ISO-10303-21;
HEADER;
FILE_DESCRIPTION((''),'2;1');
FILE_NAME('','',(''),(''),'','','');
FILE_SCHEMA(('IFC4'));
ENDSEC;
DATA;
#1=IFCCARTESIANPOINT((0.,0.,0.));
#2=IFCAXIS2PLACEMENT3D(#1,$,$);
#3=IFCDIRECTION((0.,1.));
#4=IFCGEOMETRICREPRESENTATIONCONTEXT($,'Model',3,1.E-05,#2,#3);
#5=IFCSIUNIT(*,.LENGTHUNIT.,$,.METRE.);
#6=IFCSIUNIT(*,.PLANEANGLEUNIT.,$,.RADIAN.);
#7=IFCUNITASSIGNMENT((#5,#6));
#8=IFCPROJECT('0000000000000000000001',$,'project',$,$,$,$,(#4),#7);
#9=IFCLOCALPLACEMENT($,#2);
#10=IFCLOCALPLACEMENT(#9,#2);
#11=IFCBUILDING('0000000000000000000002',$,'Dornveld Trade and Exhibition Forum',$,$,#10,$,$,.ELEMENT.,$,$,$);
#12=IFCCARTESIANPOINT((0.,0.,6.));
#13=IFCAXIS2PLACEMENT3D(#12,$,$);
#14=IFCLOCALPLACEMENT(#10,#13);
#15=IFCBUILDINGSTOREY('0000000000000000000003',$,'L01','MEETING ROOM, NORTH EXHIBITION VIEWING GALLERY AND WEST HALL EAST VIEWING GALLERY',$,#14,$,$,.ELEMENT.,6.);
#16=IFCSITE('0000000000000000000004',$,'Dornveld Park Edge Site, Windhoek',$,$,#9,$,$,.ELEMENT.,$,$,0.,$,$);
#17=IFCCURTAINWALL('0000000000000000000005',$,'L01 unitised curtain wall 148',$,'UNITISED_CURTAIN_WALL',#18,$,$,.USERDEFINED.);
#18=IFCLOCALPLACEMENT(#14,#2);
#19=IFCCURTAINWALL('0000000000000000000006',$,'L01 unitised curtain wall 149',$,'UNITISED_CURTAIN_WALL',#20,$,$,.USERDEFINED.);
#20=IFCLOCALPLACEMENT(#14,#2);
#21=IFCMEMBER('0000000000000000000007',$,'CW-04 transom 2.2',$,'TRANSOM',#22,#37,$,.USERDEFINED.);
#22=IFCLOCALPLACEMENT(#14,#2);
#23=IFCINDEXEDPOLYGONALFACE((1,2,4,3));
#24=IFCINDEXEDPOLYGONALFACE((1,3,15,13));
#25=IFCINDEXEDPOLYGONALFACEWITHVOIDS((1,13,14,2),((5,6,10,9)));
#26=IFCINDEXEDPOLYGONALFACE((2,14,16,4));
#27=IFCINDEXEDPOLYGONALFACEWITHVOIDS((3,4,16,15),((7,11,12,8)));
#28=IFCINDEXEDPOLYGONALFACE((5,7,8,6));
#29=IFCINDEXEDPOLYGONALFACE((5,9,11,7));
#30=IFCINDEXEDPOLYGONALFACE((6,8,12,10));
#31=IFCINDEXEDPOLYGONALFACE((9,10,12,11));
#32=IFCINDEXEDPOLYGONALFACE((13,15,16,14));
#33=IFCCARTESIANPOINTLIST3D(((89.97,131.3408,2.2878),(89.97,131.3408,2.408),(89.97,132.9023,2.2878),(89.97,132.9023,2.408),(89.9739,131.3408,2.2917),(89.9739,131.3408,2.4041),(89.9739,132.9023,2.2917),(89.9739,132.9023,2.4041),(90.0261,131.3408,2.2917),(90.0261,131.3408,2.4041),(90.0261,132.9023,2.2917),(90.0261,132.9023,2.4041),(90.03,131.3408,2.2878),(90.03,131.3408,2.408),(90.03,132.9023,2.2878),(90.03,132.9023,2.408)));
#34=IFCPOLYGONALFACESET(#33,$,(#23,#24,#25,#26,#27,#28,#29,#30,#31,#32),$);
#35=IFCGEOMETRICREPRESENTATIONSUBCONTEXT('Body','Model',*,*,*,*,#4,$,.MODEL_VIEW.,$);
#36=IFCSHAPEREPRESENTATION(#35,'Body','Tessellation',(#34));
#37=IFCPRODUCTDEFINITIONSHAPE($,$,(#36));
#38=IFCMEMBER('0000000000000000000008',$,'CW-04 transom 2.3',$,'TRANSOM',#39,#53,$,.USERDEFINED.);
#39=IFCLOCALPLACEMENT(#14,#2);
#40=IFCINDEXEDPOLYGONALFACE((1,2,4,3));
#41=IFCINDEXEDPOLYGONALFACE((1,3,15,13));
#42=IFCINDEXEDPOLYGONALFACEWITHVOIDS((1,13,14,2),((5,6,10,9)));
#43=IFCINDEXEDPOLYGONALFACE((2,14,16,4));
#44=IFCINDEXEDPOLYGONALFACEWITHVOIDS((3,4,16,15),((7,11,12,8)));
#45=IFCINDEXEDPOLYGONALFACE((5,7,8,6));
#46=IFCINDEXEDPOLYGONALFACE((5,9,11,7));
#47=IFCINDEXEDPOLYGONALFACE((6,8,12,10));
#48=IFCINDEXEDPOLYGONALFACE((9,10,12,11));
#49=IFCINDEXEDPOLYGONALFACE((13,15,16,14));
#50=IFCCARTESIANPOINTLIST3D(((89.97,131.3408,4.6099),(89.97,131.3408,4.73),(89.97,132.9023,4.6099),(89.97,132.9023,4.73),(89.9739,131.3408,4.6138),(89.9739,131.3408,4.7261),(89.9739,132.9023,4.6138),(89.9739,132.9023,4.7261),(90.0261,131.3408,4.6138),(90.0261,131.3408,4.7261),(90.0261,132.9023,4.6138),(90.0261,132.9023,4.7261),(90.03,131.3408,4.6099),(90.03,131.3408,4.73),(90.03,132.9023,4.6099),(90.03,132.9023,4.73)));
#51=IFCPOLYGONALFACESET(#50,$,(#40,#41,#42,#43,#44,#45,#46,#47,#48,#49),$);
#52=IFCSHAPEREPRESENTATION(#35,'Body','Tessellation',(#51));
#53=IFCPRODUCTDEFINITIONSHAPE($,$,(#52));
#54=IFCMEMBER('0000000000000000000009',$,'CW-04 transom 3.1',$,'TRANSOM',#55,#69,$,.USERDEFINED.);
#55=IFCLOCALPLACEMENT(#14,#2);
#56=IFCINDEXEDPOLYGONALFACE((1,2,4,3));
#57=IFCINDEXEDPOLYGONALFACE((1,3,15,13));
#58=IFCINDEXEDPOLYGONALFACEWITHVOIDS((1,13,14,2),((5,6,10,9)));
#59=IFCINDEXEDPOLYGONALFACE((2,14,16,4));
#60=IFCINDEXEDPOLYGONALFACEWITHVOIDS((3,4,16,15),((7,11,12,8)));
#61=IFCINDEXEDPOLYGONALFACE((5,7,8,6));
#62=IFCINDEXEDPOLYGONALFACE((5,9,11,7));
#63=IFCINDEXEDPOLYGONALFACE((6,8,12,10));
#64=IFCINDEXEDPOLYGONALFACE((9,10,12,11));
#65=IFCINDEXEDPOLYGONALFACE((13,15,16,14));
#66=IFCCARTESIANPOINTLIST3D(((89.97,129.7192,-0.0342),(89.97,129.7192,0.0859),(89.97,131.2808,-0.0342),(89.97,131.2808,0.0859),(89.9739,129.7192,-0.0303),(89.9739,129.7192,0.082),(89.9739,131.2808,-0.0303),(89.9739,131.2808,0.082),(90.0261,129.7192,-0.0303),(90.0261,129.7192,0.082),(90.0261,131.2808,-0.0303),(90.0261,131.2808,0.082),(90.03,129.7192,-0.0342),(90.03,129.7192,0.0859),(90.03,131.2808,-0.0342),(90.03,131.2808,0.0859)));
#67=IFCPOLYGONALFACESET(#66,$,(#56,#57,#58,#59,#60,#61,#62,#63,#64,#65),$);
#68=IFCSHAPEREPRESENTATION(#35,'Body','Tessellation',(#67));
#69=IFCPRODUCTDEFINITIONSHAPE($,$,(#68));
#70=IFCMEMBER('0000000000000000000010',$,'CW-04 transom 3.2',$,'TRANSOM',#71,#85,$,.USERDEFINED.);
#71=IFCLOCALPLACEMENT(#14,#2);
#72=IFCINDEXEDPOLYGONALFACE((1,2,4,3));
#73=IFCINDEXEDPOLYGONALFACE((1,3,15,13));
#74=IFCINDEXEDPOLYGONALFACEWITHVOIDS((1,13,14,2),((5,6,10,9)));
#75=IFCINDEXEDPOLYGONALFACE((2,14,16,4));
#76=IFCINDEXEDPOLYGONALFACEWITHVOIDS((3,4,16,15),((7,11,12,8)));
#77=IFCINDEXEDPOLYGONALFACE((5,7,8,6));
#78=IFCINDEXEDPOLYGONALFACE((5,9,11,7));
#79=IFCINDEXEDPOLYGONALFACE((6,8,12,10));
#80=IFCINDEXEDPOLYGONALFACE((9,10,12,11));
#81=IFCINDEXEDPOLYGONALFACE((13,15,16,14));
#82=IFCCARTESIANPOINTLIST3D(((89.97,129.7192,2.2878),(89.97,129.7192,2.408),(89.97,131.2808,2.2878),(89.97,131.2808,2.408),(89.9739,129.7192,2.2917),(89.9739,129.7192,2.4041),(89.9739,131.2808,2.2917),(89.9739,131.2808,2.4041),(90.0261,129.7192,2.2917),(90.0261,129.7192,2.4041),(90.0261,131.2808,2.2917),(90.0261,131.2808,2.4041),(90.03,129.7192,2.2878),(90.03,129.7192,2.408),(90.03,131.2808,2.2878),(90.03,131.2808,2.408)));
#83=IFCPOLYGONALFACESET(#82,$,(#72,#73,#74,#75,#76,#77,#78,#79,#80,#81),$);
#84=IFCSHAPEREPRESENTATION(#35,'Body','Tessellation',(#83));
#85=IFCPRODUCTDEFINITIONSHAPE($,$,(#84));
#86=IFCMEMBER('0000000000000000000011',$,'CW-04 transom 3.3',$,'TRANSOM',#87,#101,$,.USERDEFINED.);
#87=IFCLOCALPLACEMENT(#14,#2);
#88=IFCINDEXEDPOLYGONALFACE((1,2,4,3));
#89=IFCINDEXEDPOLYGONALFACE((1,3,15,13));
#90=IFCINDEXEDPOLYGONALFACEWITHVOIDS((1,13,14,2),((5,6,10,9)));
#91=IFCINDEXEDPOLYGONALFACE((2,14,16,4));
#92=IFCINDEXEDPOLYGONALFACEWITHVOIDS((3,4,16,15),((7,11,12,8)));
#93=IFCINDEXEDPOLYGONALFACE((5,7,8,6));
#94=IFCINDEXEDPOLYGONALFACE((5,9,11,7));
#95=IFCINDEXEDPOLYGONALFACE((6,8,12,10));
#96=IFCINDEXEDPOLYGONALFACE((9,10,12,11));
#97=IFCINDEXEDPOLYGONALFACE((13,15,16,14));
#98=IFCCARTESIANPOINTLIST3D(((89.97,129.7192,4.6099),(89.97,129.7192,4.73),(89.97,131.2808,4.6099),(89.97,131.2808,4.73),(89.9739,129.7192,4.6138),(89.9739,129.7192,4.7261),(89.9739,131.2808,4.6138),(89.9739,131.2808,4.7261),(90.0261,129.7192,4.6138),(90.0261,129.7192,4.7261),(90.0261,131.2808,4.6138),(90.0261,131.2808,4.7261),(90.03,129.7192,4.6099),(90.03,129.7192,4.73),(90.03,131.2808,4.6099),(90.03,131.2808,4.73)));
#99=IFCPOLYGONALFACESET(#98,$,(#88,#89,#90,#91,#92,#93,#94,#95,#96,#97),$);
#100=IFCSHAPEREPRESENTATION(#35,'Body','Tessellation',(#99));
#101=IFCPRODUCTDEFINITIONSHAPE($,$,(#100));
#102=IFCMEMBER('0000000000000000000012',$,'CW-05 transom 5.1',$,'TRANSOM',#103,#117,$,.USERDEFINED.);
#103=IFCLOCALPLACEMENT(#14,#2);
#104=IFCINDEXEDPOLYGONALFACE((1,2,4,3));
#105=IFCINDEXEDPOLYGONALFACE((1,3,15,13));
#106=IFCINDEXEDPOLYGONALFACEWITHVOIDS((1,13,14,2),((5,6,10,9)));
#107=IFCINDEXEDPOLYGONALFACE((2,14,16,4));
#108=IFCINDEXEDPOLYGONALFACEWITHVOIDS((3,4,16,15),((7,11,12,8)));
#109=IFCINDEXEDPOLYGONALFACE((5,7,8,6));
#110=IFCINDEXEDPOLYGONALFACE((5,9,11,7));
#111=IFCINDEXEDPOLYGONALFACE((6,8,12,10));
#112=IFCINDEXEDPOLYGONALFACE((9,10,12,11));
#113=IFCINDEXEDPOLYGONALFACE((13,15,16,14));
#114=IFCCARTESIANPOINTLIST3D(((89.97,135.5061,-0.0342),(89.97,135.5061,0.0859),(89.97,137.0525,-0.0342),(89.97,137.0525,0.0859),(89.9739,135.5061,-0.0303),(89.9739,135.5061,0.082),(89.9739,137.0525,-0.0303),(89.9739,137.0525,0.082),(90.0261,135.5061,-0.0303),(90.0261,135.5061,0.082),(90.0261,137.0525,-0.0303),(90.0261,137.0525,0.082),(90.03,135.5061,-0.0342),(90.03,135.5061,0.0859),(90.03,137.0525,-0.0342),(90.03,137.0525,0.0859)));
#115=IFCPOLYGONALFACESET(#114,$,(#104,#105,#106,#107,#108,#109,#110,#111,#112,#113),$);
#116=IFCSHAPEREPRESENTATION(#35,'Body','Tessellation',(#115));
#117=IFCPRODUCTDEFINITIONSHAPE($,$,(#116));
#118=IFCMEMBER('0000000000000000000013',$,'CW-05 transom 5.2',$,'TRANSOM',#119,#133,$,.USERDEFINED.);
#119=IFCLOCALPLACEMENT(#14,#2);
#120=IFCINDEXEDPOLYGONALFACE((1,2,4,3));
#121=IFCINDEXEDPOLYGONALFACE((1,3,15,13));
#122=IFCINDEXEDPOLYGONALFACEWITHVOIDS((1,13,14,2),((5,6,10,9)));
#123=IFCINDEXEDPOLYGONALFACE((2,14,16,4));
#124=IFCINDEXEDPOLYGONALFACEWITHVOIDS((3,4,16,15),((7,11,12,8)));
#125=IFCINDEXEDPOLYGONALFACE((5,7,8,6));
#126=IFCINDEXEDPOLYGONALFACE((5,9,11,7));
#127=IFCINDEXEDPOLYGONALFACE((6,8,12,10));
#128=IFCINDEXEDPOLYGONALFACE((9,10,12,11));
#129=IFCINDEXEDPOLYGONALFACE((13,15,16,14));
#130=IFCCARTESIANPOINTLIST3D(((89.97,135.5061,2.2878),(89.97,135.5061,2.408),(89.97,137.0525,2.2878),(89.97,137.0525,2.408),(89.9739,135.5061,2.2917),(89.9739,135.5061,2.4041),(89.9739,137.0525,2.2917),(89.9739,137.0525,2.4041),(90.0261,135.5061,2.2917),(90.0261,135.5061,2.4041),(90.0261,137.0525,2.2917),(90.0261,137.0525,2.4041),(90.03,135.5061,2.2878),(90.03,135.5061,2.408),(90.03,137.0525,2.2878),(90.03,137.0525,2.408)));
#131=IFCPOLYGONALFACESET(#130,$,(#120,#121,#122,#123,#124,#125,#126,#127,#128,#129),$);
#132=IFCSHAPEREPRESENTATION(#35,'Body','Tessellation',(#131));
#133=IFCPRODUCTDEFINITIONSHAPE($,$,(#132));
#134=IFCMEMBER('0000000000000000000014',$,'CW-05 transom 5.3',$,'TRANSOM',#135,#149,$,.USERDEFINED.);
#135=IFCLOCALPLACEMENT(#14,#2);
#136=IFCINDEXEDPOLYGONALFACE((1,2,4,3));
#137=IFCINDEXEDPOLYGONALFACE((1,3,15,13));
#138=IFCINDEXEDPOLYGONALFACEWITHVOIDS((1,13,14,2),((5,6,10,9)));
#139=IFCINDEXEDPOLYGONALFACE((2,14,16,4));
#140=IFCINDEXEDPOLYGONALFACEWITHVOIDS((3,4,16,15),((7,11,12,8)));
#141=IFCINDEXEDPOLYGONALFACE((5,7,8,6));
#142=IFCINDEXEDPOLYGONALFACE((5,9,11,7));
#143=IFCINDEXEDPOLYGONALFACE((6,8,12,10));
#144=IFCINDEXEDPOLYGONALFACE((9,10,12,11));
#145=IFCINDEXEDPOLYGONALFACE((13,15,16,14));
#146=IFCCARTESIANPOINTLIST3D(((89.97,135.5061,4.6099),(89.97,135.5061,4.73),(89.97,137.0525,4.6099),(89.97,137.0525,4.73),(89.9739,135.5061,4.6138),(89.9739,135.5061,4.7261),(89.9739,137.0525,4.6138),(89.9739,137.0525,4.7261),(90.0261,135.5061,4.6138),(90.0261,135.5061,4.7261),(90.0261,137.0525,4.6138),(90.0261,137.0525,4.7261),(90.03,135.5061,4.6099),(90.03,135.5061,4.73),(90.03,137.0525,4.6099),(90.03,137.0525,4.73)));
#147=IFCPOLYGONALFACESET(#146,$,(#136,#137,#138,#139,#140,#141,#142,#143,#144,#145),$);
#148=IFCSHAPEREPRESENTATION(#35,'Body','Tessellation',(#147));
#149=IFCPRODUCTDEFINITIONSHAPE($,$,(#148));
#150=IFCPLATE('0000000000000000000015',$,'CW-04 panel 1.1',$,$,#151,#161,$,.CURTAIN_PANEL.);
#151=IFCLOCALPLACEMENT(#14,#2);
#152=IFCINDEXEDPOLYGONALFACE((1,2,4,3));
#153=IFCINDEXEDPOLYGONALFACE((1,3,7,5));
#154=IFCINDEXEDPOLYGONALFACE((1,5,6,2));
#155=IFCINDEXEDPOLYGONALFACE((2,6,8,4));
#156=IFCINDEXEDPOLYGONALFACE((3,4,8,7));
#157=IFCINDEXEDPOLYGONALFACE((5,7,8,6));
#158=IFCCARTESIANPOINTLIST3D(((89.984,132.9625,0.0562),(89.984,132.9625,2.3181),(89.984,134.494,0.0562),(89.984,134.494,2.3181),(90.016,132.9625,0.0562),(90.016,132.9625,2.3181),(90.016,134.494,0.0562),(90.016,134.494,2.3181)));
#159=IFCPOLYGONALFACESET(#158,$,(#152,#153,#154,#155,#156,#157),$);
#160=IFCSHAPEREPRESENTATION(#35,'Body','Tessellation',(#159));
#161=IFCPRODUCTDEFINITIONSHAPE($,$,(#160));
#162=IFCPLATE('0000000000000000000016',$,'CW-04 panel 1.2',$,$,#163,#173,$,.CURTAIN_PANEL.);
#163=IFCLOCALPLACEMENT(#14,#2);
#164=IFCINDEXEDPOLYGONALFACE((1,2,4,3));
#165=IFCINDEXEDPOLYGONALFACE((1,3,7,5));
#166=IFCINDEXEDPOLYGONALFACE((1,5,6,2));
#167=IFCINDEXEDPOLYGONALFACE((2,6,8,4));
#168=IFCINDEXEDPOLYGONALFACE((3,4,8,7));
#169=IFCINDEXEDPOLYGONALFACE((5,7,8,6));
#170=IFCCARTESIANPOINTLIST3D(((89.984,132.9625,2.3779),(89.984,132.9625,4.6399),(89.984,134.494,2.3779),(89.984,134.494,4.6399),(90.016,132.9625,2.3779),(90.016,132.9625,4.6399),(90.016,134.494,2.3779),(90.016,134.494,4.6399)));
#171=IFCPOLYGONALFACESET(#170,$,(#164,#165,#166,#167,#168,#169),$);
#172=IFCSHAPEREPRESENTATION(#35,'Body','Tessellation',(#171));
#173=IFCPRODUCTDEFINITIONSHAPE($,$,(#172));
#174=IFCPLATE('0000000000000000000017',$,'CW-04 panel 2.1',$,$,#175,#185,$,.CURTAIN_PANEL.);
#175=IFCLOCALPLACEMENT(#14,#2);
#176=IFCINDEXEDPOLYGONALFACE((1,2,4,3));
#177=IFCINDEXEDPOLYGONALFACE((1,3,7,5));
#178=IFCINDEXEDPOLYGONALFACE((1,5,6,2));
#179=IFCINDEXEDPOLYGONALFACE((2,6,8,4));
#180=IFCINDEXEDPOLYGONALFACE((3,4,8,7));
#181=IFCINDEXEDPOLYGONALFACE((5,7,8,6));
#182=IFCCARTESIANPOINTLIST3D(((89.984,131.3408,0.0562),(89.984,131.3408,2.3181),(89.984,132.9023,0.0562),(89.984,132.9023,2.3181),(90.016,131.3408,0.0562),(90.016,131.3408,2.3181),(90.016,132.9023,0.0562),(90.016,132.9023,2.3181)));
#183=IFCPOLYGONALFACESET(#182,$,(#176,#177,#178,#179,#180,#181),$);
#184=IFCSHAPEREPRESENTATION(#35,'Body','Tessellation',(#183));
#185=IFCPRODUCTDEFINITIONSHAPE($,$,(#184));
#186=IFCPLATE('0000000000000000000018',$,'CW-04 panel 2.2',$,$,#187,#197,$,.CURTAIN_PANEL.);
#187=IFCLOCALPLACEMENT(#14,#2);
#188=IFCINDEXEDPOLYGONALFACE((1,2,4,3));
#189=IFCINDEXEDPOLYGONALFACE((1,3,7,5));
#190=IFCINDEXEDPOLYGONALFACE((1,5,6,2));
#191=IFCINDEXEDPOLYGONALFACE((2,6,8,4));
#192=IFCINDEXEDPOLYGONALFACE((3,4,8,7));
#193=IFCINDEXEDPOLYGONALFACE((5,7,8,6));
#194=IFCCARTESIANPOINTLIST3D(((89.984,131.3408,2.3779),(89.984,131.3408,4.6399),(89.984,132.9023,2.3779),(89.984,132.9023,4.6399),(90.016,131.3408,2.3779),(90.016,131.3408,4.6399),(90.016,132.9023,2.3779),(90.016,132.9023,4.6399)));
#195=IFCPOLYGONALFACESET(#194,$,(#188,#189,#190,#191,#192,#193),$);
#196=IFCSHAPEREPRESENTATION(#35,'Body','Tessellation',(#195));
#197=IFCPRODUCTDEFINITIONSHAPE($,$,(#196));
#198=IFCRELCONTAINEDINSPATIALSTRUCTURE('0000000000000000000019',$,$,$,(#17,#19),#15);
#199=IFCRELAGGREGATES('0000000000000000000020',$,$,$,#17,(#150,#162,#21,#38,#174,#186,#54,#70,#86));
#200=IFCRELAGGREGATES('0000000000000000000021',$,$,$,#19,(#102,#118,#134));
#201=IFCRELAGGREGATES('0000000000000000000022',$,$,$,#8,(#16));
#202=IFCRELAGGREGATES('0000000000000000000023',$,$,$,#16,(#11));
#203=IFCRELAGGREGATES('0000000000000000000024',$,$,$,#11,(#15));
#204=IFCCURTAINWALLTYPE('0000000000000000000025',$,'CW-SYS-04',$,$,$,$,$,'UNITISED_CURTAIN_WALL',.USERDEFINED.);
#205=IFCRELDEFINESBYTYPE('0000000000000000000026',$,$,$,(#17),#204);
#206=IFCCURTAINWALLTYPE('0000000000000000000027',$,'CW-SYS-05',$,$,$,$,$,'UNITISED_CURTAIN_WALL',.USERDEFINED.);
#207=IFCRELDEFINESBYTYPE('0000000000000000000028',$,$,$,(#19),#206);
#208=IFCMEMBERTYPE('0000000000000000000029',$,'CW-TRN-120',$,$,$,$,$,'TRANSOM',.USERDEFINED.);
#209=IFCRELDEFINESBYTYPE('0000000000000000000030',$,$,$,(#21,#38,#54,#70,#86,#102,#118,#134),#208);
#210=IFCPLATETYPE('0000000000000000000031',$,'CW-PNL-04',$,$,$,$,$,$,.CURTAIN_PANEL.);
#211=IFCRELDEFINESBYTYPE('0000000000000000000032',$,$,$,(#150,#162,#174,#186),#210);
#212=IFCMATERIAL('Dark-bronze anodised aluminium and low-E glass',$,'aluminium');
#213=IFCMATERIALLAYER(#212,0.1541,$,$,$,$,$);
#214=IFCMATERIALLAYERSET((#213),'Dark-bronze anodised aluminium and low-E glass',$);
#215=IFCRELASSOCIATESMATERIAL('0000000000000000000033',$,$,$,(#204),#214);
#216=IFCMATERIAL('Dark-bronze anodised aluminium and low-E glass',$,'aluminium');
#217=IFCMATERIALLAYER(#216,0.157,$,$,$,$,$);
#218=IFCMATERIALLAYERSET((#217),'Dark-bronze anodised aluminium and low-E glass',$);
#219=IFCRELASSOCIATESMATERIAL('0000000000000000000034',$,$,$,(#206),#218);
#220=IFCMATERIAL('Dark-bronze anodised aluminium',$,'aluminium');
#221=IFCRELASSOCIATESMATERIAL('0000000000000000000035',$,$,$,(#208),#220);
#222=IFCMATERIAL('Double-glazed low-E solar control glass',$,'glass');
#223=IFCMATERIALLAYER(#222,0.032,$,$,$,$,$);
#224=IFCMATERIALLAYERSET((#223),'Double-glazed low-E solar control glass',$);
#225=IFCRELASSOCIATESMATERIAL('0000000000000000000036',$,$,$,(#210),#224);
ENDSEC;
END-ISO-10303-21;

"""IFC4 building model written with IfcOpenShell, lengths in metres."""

from ifc_helpers import new_model, si_unit, direction, frame, origin, origin_2d, place, context, subcontext, project, spatial, rectangle, hollow_rectangle, extrude, material, layer, layer_set, material_profile, profile_set, type_object, element, aggregate, save


model = new_model("IFC4")

# Units and contexts
model_context = context("Model", 3, precision=1e-05, world=origin(), true_north=direction((0.0, 1.0)))
body_context = subcontext(model_context, "Body", "Model", "MODEL_VIEW")
ifc_project = project(units=[si_unit("LENGTHUNIT", "METRE"), si_unit("PLANEANGLEUNIT", "RADIAN")], contexts=[model_context])

# Site, building, storey
site_placement = place(None, origin())
site = spatial("IfcSite", under=ifc_project, at=site_placement, Name="Dornveld Park Edge Site, Windhoek", CompositionType="ELEMENT", RefElevation=0.0)
building_placement = place(site_placement, origin())
building = spatial("IfcBuilding", under=site, at=building_placement, Name="Dornveld Trade and Exhibition Forum", CompositionType="ELEMENT")
storey_placement = place(building_placement, frame((0.0, 0.0, 6.0)))
storey = spatial("IfcBuildingStorey", under=building, at=storey_placement, Name="L01", Description="MEETING ROOM, NORTH EXHIBITION VIEWING GALLERY AND WEST HALL EAST VIEWING GALLERY", CompositionType="ELEMENT", Elevation=6.0)

# Curtain walls
ifc_material_1 = material(Name="Dark-bronze anodised aluminium and low-E glass", Category="aluminium")
ifc_layer_1 = layer(ifc_material_1, 0.1541)
ifc_layer_set_1 = layer_set([ifc_layer_1], Name="Dark-bronze anodised aluminium and low-E glass")
curtain_wall_type_1 = type_object("IfcCurtainWallType", Name="CW-SYS-04", ElementType="UNITISED_CURTAIN_WALL", PredefinedType="USERDEFINED", material=ifc_layer_set_1)
curtain_wall_1_placement = place(storey_placement, origin())
curtain_wall_1 = element("IfcCurtainWall", 1, at=curtain_wall_1_placement, inside=storey, type_object=curtain_wall_type_1, Name="L01 unitised curtain wall 148", ObjectType="UNITISED_CURTAIN_WALL", PredefinedType="USERDEFINED")
ifc_material_2 = material(Name="Dark-bronze anodised aluminium and low-E glass", Category="aluminium")
ifc_layer_2 = layer(ifc_material_2, 0.157)
ifc_layer_set_2 = layer_set([ifc_layer_2], Name="Dark-bronze anodised aluminium and low-E glass")
curtain_wall_type_2 = type_object("IfcCurtainWallType", Name="CW-SYS-05", ElementType="UNITISED_CURTAIN_WALL", PredefinedType="USERDEFINED", material=ifc_layer_set_2)
curtain_wall_2_placement = place(storey_placement, origin())
curtain_wall_2 = element("IfcCurtainWall", 2, at=curtain_wall_2_placement, inside=storey, type_object=curtain_wall_type_2, Name="L01 unitised curtain wall 149", ObjectType="UNITISED_CURTAIN_WALL", PredefinedType="USERDEFINED")

# Members
ifc_material_3 = material(Name="Dark-bronze anodised aluminium", Category="aluminium")
ifc_material_profile_1 = material_profile(ifc_material_3, hollow_rectangle(XDim=0.0601, YDim=0.1201, WallThickness=0.0039, at=origin_2d()), Name="RHS 120x60x4")
ifc_profile_set_1 = profile_set([ifc_material_profile_1], Name="Dark-bronze anodised aluminium")
member_type_1 = type_object("IfcMemberType", Name="CW-TRN-120", ElementType="TRANSOM", PredefinedType="USERDEFINED", material=ifc_profile_set_1)
member_1_placement = place(storey_placement, frame((90.0, 132.9023, 2.3479), z_axis=(0.0, -1.0, 0.0), x_axis=(1.0, 0.0, 0.0)))
member_1 = element("IfcMember", 3, at=member_1_placement, type_object=member_type_1, Name="CW-04 transom 2.2", ObjectType="TRANSOM", PredefinedType="USERDEFINED", context=body_context, shape_type="SweptSolid", body=[
    extrude(hollow_rectangle(XDim=0.0601, YDim=0.1201, WallThickness=0.0039, at=origin_2d()), origin(), (0.0, 0.0, 1.0), 1.5615),
])
member_2_placement = place(storey_placement, frame((90.0, 132.9023, 4.6699), z_axis=(0.0, -1.0, 0.0), x_axis=(1.0, 0.0, 0.0)))
member_2 = element("IfcMember", 4, at=member_2_placement, type_object=member_type_1, Name="CW-04 transom 2.3", ObjectType="TRANSOM", PredefinedType="USERDEFINED", context=body_context, shape_type="SweptSolid", body=[
    extrude(hollow_rectangle(XDim=0.0601, YDim=0.1201, WallThickness=0.0039, at=origin_2d()), origin(), (0.0, 0.0, 1.0), 1.5615),
])
member_3_placement = place(storey_placement, frame((90.0, 131.2808, 0.0259), z_axis=(0.0, -1.0, 0.0), x_axis=(1.0, 0.0, 0.0)))
member_3 = element("IfcMember", 5, at=member_3_placement, type_object=member_type_1, Name="CW-04 transom 3.1", ObjectType="TRANSOM", PredefinedType="USERDEFINED", context=body_context, shape_type="SweptSolid", body=[
    extrude(hollow_rectangle(XDim=0.0601, YDim=0.1201, WallThickness=0.0039, at=origin_2d()), origin(), (0.0, 0.0, 1.0), 1.5615),
])
member_4_placement = place(storey_placement, frame((90.0, 131.2808, 2.3479), z_axis=(0.0, -1.0, 0.0), x_axis=(1.0, 0.0, 0.0)))
member_4 = element("IfcMember", 6, at=member_4_placement, type_object=member_type_1, Name="CW-04 transom 3.2", ObjectType="TRANSOM", PredefinedType="USERDEFINED", context=body_context, shape_type="SweptSolid", body=[
    extrude(hollow_rectangle(XDim=0.0601, YDim=0.1201, WallThickness=0.0039, at=origin_2d()), origin(), (0.0, 0.0, 1.0), 1.5615),
])
member_5_placement = place(storey_placement, frame((90.0, 131.2808, 4.6699), z_axis=(0.0, -1.0, 0.0), x_axis=(1.0, 0.0, 0.0)))
member_5 = element("IfcMember", 7, at=member_5_placement, type_object=member_type_1, Name="CW-04 transom 3.3", ObjectType="TRANSOM", PredefinedType="USERDEFINED", context=body_context, shape_type="SweptSolid", body=[
    extrude(hollow_rectangle(XDim=0.0601, YDim=0.1201, WallThickness=0.0039, at=origin_2d()), origin(), (0.0, 0.0, 1.0), 1.5615),
])
member_6_placement = place(storey_placement, frame((90.0, 137.0525, 0.0259), z_axis=(0.0, -1.0, 0.0), x_axis=(1.0, 0.0, 0.0)))
member_6 = element("IfcMember", 8, at=member_6_placement, type_object=member_type_1, Name="CW-05 transom 5.1", ObjectType="TRANSOM", PredefinedType="USERDEFINED", context=body_context, shape_type="SweptSolid", body=[
    extrude(hollow_rectangle(XDim=0.0601, YDim=0.1201, WallThickness=0.0039, at=origin_2d()), origin(), (0.0, 0.0, 1.0), 1.5464),
])
member_7_placement = place(storey_placement, frame((90.0, 137.0525, 2.3479), z_axis=(0.0, -1.0, 0.0), x_axis=(1.0, 0.0, 0.0)))
member_7 = element("IfcMember", 9, at=member_7_placement, type_object=member_type_1, Name="CW-05 transom 5.2", ObjectType="TRANSOM", PredefinedType="USERDEFINED", context=body_context, shape_type="SweptSolid", body=[
    extrude(hollow_rectangle(XDim=0.0601, YDim=0.1201, WallThickness=0.0039, at=origin_2d()), origin(), (0.0, 0.0, 1.0), 1.5464),
])
member_8_placement = place(storey_placement, frame((90.0, 137.0525, 4.6699), z_axis=(0.0, -1.0, 0.0), x_axis=(1.0, 0.0, 0.0)))
member_8 = element("IfcMember", 10, at=member_8_placement, type_object=member_type_1, Name="CW-05 transom 5.3", ObjectType="TRANSOM", PredefinedType="USERDEFINED", context=body_context, shape_type="SweptSolid", body=[
    extrude(hollow_rectangle(XDim=0.0601, YDim=0.1201, WallThickness=0.0039, at=origin_2d()), origin(), (0.0, 0.0, 1.0), 1.5464),
])

# Plates
ifc_material_4 = material(Name="Double-glazed low-E solar control glass", Category="glass")
ifc_layer_3 = layer(ifc_material_4, 0.032)
ifc_layer_set_3 = layer_set([ifc_layer_3], Name="Double-glazed low-E solar control glass")
plate_type_1 = type_object("IfcPlateType", Name="CW-PNL-04", PredefinedType="CURTAIN_PANEL", material=ifc_layer_set_3)
plate_1_placement = place(storey_placement, frame((90.0, 133.7283, 0.0562), z_axis=(0.0, 0.0, 1.0), x_axis=(0.0, -1.0, 0.0)))
plate_1 = element("IfcPlate", 11, at=plate_1_placement, type_object=plate_type_1, Name="CW-04 panel 1.1", PredefinedType="CURTAIN_PANEL", context=body_context, shape_type="SweptSolid", body=[
    extrude(rectangle(XDim=1.5315, YDim=0.032, at=origin_2d()), origin(), (0.0, 0.0, 1.0), 2.262),
])
plate_2_placement = place(storey_placement, frame((90.0, 133.7283, 2.3779), z_axis=(0.0, 0.0, 1.0), x_axis=(0.0, -1.0, 0.0)))
plate_2 = element("IfcPlate", 12, at=plate_2_placement, type_object=plate_type_1, Name="CW-04 panel 1.2", PredefinedType="CURTAIN_PANEL", context=body_context, shape_type="SweptSolid", body=[
    extrude(rectangle(XDim=1.5315, YDim=0.032, at=origin_2d()), origin(), (0.0, 0.0, 1.0), 2.262),
])
plate_3_placement = place(storey_placement, frame((90.0, 132.1216, 0.0562), z_axis=(0.0, 0.0, 1.0), x_axis=(0.0, -1.0, 0.0)))
plate_3 = element("IfcPlate", 13, at=plate_3_placement, type_object=plate_type_1, Name="CW-04 panel 2.1", PredefinedType="CURTAIN_PANEL", context=body_context, shape_type="SweptSolid", body=[
    extrude(rectangle(XDim=1.5615, YDim=0.032, at=origin_2d()), origin(), (0.0, 0.0, 1.0), 2.262),
])
plate_4_placement = place(storey_placement, frame((90.0, 132.1216, 2.3779), z_axis=(0.0, 0.0, 1.0), x_axis=(0.0, -1.0, 0.0)))
plate_4 = element("IfcPlate", 14, at=plate_4_placement, type_object=plate_type_1, Name="CW-04 panel 2.2", PredefinedType="CURTAIN_PANEL", context=body_context, shape_type="SweptSolid", body=[
    extrude(rectangle(XDim=1.5615, YDim=0.032, at=origin_2d()), origin(), (0.0, 0.0, 1.0), 2.262),
])
aggregate(curtain_wall_1, [plate_1, plate_2, member_1, member_2, plate_3, plate_4, member_3, member_4, member_5])
aggregate(curtain_wall_2, [member_6, member_7, member_8])

save(model, "model.ifc")
